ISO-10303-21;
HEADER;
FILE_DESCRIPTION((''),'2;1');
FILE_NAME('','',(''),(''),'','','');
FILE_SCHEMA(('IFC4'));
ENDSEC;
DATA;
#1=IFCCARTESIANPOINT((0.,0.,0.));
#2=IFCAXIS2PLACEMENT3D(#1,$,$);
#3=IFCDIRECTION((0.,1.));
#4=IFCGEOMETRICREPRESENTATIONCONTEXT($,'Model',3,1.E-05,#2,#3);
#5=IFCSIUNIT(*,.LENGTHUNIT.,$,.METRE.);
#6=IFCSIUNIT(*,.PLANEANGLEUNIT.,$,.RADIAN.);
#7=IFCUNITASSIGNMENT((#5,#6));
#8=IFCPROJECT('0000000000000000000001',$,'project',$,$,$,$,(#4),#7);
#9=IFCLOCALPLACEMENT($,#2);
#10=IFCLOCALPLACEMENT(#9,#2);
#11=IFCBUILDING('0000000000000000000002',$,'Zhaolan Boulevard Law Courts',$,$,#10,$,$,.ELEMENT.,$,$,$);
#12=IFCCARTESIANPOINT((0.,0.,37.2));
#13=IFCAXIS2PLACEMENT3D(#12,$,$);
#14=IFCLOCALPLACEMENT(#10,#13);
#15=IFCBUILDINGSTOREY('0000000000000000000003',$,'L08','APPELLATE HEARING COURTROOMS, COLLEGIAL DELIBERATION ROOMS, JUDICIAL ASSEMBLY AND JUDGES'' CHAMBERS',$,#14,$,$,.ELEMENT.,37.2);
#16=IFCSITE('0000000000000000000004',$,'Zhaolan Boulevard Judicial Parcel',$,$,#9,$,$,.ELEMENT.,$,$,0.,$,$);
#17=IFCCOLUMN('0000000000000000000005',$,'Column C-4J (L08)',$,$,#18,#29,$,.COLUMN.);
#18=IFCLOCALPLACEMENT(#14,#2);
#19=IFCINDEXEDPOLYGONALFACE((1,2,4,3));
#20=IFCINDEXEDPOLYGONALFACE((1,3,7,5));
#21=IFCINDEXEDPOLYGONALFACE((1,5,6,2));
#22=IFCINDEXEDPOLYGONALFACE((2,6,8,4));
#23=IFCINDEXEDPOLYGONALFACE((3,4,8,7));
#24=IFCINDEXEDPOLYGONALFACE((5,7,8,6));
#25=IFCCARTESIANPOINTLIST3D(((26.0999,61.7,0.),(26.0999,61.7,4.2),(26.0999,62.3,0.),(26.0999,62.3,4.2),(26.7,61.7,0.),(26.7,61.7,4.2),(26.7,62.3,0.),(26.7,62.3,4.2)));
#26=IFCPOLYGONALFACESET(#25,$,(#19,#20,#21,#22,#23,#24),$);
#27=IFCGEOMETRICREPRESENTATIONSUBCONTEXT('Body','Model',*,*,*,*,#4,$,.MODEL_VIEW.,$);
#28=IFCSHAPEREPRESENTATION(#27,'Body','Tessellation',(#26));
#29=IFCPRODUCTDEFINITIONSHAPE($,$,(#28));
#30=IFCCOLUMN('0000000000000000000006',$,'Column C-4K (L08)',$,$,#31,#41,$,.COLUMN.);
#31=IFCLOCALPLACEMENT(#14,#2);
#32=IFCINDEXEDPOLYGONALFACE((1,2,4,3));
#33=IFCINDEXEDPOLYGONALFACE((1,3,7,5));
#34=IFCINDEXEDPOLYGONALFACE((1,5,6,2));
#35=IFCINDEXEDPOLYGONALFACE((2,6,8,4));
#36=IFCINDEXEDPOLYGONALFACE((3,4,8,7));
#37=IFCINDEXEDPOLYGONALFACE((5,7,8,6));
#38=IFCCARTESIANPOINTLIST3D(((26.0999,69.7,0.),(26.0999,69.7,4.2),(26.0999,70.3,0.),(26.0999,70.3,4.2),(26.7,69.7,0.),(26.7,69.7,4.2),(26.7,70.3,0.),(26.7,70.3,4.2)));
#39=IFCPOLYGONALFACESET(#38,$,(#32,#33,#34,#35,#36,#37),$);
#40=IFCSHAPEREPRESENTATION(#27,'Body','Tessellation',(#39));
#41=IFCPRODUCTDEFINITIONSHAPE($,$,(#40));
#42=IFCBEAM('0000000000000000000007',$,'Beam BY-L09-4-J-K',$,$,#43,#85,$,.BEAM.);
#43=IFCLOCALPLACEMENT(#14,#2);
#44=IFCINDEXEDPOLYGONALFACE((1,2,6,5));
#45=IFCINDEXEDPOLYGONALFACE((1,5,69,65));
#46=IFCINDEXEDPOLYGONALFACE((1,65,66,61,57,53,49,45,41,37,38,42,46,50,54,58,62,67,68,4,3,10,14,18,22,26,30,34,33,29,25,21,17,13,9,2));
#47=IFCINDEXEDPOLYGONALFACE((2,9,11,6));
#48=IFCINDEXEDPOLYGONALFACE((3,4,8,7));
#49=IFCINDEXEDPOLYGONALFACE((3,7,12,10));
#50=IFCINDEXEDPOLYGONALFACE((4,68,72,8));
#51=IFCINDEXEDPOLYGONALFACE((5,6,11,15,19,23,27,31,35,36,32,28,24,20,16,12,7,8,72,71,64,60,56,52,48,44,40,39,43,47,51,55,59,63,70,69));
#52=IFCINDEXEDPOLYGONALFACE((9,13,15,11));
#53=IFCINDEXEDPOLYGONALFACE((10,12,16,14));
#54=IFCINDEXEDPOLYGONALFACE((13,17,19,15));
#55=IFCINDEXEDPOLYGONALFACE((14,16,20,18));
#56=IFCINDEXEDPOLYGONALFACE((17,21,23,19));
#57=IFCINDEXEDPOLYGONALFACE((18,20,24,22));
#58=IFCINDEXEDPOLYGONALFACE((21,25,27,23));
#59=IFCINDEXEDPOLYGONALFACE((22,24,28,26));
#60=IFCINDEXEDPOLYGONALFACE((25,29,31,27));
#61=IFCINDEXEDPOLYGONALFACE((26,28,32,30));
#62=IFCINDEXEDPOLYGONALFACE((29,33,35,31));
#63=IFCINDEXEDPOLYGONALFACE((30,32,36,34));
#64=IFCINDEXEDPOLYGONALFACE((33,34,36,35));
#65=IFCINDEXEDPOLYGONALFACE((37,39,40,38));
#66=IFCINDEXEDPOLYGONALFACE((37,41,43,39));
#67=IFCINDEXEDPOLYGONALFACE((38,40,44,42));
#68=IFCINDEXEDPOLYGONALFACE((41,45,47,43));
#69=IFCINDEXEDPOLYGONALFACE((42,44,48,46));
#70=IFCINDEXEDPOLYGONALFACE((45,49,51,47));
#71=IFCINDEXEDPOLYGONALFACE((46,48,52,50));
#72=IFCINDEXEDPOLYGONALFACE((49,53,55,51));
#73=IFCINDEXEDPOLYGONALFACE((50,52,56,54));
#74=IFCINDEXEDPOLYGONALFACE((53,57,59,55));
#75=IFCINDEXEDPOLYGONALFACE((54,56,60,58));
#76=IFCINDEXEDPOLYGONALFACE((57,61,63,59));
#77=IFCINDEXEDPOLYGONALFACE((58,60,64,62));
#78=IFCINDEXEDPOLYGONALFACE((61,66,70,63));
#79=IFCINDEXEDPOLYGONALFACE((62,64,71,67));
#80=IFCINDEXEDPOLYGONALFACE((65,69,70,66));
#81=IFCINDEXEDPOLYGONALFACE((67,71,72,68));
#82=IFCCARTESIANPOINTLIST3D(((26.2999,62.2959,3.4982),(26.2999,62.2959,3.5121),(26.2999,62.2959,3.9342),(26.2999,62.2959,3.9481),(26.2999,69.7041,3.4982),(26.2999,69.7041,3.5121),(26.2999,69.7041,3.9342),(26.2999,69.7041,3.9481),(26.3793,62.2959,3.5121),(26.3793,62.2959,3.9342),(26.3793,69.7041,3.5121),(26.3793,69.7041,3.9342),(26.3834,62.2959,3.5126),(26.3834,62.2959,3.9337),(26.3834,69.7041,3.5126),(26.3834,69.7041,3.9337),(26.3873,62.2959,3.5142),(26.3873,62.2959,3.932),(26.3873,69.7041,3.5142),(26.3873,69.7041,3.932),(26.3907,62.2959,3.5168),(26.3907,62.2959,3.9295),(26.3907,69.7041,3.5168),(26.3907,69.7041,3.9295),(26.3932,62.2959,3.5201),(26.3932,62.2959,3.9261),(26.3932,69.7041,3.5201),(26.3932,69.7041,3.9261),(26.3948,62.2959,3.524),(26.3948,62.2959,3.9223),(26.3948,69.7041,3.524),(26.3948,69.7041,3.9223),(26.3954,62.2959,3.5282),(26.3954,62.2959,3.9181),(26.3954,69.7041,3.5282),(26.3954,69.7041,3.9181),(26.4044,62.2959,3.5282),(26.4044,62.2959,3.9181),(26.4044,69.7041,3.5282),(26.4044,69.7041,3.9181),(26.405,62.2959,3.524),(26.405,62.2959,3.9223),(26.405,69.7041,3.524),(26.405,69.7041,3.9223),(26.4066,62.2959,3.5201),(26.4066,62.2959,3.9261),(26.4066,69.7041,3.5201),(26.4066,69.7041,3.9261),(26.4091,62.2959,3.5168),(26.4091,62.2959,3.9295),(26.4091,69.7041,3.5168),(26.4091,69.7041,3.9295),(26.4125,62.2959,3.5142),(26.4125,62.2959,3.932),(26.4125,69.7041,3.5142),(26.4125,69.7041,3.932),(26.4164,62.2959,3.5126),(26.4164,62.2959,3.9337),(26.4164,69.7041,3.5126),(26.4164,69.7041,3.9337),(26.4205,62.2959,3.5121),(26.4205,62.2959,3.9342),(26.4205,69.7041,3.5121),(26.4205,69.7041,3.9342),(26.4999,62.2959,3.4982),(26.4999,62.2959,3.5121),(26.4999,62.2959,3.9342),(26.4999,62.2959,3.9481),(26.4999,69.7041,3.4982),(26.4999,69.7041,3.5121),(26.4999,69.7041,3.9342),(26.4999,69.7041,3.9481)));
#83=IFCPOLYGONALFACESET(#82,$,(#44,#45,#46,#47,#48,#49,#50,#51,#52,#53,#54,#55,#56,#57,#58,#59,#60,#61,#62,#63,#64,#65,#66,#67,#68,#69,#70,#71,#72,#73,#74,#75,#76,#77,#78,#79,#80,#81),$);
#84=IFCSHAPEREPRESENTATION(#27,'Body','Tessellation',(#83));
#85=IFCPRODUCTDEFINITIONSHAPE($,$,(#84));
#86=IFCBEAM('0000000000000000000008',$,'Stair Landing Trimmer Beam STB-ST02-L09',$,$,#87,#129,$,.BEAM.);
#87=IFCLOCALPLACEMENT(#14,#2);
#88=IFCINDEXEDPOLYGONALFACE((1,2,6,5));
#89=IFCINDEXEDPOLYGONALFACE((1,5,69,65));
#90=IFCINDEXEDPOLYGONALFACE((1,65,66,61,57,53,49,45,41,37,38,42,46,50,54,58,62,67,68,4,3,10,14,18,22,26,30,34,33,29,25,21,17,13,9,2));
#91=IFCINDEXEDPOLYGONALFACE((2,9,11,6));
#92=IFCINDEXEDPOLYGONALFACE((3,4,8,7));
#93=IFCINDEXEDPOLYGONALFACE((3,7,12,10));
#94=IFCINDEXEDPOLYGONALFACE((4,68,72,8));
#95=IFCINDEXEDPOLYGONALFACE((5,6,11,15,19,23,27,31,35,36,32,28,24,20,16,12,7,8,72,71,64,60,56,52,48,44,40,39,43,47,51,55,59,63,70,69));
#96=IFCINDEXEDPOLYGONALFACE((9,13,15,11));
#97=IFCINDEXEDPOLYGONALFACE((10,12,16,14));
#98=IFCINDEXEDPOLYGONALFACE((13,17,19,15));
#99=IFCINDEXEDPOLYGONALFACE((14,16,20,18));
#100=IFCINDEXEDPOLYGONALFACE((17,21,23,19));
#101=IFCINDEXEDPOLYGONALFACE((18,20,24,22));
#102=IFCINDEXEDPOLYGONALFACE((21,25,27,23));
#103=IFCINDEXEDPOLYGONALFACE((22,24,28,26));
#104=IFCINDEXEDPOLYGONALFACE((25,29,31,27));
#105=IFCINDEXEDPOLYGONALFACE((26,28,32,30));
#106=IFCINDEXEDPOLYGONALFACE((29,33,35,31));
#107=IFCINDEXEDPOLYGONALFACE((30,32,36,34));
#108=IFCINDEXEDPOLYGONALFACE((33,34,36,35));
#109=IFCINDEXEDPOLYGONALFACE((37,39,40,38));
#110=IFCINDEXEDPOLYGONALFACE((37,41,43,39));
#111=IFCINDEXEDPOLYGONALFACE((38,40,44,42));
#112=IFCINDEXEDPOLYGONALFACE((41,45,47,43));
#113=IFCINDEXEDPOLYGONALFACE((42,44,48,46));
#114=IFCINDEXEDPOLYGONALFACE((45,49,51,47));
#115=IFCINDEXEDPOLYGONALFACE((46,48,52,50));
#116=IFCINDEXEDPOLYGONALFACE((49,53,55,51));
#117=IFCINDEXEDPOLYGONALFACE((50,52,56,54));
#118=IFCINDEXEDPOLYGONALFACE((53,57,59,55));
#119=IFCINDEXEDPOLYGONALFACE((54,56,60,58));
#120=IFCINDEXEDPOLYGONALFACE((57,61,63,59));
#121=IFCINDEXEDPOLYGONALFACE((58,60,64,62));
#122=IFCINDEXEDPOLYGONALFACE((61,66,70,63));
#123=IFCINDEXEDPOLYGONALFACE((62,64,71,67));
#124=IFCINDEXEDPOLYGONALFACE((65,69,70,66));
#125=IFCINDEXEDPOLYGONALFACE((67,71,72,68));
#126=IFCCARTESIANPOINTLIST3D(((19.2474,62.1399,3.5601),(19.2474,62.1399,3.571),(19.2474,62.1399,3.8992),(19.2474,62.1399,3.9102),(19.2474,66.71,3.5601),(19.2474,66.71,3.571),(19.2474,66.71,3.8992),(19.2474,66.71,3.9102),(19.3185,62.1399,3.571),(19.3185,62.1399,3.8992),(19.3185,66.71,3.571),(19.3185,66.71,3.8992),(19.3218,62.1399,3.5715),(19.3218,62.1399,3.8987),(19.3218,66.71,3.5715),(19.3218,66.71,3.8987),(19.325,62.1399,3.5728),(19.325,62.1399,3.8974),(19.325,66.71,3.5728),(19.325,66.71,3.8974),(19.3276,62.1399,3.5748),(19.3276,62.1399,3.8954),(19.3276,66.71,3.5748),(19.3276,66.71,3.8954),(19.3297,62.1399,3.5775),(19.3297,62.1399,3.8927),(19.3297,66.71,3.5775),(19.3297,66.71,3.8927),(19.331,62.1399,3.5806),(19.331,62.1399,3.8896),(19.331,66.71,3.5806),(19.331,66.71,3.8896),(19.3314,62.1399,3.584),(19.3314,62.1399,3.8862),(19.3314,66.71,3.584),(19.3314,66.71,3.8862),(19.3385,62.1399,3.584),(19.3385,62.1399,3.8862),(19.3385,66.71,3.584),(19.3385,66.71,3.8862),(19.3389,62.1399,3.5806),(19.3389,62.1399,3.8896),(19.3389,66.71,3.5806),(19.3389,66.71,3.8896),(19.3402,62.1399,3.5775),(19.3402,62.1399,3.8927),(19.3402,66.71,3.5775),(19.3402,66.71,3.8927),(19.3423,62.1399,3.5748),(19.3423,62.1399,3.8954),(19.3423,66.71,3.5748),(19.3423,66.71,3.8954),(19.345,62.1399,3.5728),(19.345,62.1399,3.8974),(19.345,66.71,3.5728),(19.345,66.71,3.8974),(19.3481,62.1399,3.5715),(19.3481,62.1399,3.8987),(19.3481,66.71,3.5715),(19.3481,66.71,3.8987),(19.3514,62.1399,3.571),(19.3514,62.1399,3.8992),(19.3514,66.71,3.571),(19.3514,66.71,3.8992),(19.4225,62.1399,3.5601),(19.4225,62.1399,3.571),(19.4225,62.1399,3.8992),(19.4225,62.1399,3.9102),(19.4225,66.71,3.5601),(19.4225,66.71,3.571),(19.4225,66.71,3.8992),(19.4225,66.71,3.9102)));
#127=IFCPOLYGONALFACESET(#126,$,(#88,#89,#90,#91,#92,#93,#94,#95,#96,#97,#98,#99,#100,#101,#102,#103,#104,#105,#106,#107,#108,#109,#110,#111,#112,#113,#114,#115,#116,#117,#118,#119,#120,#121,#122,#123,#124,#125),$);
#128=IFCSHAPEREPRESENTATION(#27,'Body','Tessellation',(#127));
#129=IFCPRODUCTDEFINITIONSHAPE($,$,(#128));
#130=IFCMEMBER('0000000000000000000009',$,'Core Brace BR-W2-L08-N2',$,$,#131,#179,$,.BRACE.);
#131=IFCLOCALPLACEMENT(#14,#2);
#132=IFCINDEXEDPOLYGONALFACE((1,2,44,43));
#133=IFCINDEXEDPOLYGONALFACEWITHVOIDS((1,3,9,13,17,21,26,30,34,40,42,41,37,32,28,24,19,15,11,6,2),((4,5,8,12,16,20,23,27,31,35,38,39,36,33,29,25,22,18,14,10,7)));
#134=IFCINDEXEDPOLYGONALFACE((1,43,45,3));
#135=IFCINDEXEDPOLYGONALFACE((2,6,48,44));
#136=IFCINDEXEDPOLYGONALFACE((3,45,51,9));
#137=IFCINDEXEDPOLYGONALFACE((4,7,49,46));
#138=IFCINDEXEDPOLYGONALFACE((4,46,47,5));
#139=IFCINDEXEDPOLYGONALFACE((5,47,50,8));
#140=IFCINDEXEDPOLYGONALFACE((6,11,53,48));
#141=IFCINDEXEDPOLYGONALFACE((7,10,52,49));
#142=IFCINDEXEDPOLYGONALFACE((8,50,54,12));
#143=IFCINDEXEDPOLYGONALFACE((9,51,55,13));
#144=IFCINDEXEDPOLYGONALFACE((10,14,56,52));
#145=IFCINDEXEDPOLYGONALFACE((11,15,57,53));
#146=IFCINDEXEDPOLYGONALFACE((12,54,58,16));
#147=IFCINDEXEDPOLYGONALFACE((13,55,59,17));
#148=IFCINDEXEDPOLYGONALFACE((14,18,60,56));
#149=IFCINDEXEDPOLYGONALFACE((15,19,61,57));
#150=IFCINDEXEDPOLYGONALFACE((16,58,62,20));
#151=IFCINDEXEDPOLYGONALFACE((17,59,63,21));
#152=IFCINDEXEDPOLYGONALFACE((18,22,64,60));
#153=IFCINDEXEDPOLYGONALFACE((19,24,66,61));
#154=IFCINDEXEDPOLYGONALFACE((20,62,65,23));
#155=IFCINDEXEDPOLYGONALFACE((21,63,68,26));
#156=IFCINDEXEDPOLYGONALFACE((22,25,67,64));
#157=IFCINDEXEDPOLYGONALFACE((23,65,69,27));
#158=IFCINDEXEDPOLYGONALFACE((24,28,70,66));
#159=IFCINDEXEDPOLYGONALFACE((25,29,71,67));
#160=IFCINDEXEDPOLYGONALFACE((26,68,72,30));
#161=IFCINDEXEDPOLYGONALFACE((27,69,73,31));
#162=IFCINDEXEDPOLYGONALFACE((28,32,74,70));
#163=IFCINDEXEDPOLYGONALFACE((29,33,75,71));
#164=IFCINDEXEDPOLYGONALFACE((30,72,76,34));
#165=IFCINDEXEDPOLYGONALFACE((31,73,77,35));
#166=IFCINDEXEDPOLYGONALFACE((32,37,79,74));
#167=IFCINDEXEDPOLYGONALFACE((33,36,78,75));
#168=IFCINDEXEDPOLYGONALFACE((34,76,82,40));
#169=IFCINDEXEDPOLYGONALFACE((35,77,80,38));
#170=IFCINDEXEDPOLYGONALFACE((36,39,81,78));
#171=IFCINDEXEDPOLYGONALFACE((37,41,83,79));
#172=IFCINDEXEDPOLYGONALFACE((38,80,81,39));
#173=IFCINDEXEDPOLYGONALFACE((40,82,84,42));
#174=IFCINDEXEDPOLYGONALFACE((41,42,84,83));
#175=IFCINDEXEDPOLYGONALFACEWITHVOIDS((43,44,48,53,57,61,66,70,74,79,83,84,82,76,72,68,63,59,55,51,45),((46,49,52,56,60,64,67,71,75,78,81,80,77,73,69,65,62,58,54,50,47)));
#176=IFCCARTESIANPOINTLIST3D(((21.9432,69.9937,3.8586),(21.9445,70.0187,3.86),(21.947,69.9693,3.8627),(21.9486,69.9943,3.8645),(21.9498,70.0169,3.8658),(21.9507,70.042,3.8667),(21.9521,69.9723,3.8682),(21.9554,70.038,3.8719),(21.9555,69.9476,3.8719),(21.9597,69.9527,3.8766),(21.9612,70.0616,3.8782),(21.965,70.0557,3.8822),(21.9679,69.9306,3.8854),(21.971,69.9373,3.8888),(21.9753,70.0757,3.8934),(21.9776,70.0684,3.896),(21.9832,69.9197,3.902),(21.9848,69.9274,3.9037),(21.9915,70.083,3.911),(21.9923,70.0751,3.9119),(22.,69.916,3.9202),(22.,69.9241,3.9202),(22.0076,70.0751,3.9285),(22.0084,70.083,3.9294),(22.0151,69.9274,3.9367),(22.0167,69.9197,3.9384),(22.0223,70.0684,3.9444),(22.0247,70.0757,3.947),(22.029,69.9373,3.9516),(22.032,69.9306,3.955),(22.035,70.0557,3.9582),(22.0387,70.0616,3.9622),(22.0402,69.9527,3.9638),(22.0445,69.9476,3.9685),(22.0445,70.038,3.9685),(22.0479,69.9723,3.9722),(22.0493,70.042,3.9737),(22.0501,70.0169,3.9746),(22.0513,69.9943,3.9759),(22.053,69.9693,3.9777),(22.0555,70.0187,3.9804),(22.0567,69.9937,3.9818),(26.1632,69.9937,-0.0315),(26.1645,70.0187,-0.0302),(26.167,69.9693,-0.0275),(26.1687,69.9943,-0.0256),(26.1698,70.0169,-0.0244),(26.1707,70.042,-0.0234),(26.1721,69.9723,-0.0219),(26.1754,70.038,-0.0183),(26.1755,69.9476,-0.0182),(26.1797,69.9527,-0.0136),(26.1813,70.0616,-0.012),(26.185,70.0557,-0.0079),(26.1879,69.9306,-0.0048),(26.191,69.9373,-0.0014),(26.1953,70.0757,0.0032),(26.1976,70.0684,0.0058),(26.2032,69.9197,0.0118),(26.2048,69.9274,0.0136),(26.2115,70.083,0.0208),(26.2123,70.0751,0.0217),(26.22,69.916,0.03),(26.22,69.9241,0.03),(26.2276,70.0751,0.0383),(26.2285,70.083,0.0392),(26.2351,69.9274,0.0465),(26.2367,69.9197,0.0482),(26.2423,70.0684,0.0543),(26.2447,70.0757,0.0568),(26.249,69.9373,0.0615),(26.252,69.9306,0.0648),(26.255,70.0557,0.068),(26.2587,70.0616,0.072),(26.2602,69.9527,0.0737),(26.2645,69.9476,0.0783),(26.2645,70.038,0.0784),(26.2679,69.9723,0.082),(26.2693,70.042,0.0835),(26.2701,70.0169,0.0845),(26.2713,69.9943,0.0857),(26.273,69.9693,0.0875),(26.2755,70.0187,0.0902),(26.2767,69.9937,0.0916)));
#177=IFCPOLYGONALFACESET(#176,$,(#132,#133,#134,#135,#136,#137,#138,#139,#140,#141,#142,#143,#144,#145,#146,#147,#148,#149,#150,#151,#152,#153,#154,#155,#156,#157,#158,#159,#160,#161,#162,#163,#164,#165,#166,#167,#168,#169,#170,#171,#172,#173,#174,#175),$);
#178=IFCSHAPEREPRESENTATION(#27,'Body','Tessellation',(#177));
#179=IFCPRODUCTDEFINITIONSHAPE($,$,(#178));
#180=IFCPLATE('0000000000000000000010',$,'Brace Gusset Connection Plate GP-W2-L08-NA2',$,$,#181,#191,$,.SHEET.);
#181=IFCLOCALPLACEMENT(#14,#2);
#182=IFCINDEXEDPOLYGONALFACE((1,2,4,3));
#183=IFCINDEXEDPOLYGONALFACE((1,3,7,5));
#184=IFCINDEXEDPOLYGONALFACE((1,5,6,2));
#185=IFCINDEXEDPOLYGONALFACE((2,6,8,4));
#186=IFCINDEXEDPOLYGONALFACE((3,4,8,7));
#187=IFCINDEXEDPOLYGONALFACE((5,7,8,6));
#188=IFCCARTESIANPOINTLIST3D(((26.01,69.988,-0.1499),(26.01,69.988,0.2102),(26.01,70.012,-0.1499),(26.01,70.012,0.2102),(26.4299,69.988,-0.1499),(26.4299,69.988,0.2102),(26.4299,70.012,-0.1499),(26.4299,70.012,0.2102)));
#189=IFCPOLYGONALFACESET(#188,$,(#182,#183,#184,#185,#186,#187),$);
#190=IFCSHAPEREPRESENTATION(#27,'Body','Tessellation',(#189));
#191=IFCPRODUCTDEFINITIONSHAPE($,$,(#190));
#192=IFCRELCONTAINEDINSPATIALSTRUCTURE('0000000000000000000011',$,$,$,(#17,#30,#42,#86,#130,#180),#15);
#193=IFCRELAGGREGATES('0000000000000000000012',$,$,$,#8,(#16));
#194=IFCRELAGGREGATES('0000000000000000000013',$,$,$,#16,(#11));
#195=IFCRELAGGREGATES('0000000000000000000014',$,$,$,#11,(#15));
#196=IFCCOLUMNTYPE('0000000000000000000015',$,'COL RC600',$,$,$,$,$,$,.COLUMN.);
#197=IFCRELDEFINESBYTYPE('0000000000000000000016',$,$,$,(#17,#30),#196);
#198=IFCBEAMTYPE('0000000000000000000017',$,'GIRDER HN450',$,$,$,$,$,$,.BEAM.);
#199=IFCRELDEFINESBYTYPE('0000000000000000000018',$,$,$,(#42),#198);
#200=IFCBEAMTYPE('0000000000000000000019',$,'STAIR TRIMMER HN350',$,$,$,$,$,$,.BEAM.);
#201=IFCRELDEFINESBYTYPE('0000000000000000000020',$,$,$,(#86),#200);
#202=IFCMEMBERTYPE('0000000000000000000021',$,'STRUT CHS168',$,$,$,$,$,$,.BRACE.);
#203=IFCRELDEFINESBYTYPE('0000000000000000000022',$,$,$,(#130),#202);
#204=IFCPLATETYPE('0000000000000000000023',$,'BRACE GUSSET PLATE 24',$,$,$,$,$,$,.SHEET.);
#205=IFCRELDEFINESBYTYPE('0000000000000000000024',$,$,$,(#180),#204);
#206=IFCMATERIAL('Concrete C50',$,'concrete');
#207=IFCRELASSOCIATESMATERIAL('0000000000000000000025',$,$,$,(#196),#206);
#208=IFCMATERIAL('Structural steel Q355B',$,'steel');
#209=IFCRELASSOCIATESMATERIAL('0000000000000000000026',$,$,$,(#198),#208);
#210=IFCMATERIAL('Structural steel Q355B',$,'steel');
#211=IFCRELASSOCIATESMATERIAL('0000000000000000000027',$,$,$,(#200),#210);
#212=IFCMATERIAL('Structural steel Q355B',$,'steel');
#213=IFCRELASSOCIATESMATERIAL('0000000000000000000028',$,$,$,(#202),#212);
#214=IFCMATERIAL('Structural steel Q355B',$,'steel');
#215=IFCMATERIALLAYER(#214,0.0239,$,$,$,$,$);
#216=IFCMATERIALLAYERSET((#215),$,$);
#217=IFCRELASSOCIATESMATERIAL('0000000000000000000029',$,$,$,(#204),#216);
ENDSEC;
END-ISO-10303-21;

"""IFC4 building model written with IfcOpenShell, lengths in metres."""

from ifc_helpers import new_model, si_unit, direction, frame, origin, origin_2d, place, context, subcontext, project, spatial, rectangle, hollow_circle, i_section, extrude, material, layer, layer_set, material_profile, profile_set, type_object, element, save


model = new_model("IFC4")

# Units and contexts
model_context = context("Model", 3, precision=1e-05, world=origin(), true_north=direction((0.0, 1.0)))
body_context = subcontext(model_context, "Body", "Model", "MODEL_VIEW")
ifc_project = project(units=[si_unit("LENGTHUNIT", "METRE"), si_unit("PLANEANGLEUNIT", "RADIAN")], contexts=[model_context])

# Site, building, storey
site_placement = place(None, origin())
site = spatial("IfcSite", under=ifc_project, at=site_placement, Name="Zhaolan Boulevard Judicial Parcel", CompositionType="ELEMENT", RefElevation=0.0)
building_placement = place(site_placement, origin())
building = spatial("IfcBuilding", under=site, at=building_placement, Name="Zhaolan Boulevard Law Courts", CompositionType="ELEMENT")
storey_placement = place(building_placement, frame((0.0, 0.0, 37.2)))
storey = spatial("IfcBuildingStorey", under=building, at=storey_placement, Name="L08", Description="APPELLATE HEARING COURTROOMS, COLLEGIAL DELIBERATION ROOMS, JUDICIAL ASSEMBLY AND JUDGES' CHAMBERS", CompositionType="ELEMENT", Elevation=37.2)

# Columns
ifc_material_1 = material(Name="Concrete C50", Category="concrete")
ifc_material_profile_1 = material_profile(ifc_material_1, rectangle(XDim=0.6001, YDim=0.6001, at=origin_2d()), Name="RC600x600")
ifc_profile_set_1 = profile_set([ifc_material_profile_1], Name="Concrete C50")
column_type = type_object("IfcColumnType", Name="COL RC600", PredefinedType="COLUMN", material=ifc_profile_set_1)
for number, where, z_axis, x_axis, name in (
    (1, (26.3999, 62.0, 0.0), (0.0, 0.0, 1.0), (1.0, 0.0, 0.0), "Column C-4J (L08)"),
    (2, (26.3999, 70.0, 0.0), (0.0, 0.0, 1.0), (1.0, 0.0, 0.0), "Column C-4K (L08)"),
):
    element("IfcColumn", number, at=place(storey_placement, frame(where, z_axis=z_axis, x_axis=x_axis)), inside=storey, type_object=column_type, Name=name, PredefinedType="COLUMN", context=body_context, shape_type="SweptSolid", body=[
        extrude(rectangle(XDim=0.6001, YDim=0.6001, at=origin_2d()), origin(), (0.0, 0.0, 1.0), 4.2),
    ])

# Beams
ifc_material_2 = material(Name="Structural steel Q355B", Category="steel")
ifc_material_profile_2 = material_profile(ifc_material_2, i_section(OverallWidth=0.2, OverallDepth=0.45, WebThickness=0.009, FlangeThickness=0.0139, FilletRadius=0.0161, at=origin_2d()), Name="HN450x200")
ifc_profile_set_2 = profile_set([ifc_material_profile_2], Name="Structural steel Q355B")
beam_type_1 = type_object("IfcBeamType", Name="GIRDER HN450", PredefinedType="BEAM", material=ifc_profile_set_2)
beam_1_placement = place(storey_placement, frame((26.3999, 62.2959, 3.7231), z_axis=(0.0, 1.0, 0.0), x_axis=(-1.0, 0.0, 0.0)))
element("IfcBeam", 3, at=beam_1_placement, inside=storey, type_object=beam_type_1, Name="Beam BY-L09-4-J-K", PredefinedType="BEAM", context=body_context, shape_type="SweptSolid", body=[
    extrude(i_section(OverallWidth=0.2, OverallDepth=0.45, WebThickness=0.009, FlangeThickness=0.0139, FilletRadius=0.0161, at=origin_2d()), origin(), (0.0, 0.0, 1.0), 7.4082),
])
ifc_material_3 = material(Name="Structural steel Q355B", Category="steel")
ifc_material_profile_3 = material_profile(ifc_material_3, i_section(OverallWidth=0.175, OverallDepth=0.3501, WebThickness=0.0071, FlangeThickness=0.011, FilletRadius=0.0129, at=origin_2d()), Name="HN350x175")
ifc_profile_set_3 = profile_set([ifc_material_profile_3], Name="Structural steel Q355B")
beam_type_2 = type_object("IfcBeamType", Name="STAIR TRIMMER HN350", PredefinedType="BEAM", material=ifc_profile_set_3)
beam_2_placement = place(storey_placement, frame((19.335, 62.1399, 3.7351), z_axis=(0.0, 1.0, 0.0), x_axis=(-1.0, 0.0, 0.0)))
element("IfcBeam", 4, at=beam_2_placement, inside=storey, type_object=beam_type_2, Name="Stair Landing Trimmer Beam STB-ST02-L09", PredefinedType="BEAM", context=body_context, shape_type="SweptSolid", body=[
    extrude(i_section(OverallWidth=0.175, OverallDepth=0.3501, WebThickness=0.0071, FlangeThickness=0.011, FilletRadius=0.0129, at=origin_2d()), origin(), (0.0, 0.0, 1.0), 4.5701),
])

# Member
ifc_material_4 = material(Name="Structural steel Q355B", Category="steel")
ifc_material_profile_4 = material_profile(ifc_material_4, hollow_circle(Radius=0.084, WallThickness=0.0081, at=origin_2d()), Name="CHS168x8")
ifc_profile_set_4 = profile_set([ifc_material_profile_4], Name="Structural steel Q355B")
member_type = type_object("IfcMemberType", Name="STRUT CHS168", PredefinedType="BRACE", material=ifc_profile_set_4)
member_placement = place(storey_placement, frame((26.22, 70.0, 0.03), z_axis=(-0.735257, 0.0, 0.677789), x_axis=(0.0, -1.0, 0.0)))
element("IfcMember", 5, at=member_placement, inside=storey, type_object=member_type, Name="Core Brace BR-W2-L08-N2", PredefinedType="BRACE", context=body_context, shape_type="SweptSolid", body=[
    extrude(hollow_circle(Radius=0.084, WallThickness=0.0081, at=origin_2d()), origin(), (0.0, 0.0, 1.0), 5.7395),
])

# Plate
ifc_material_5 = material(Name="Structural steel Q355B", Category="steel")
ifc_layer_1 = layer(ifc_material_5, 0.0239)
ifc_layer_set_1 = layer_set([ifc_layer_1])
plate_type_1 = type_object("IfcPlateType", Name="BRACE GUSSET PLATE 24", PredefinedType="SHEET", material=ifc_layer_set_1)
for number, where, z_axis, x_axis, name in (
    (6, (26.22, 70.0, -0.1499), (0.0, 0.0, 1.0), (1.0, 0.0, 0.0), "Brace Gusset Connection Plate GP-W2-L08-NA2"),
):
    element("IfcPlate", number, at=place(storey_placement, frame(where, z_axis=z_axis, x_axis=x_axis)), inside=storey, type_object=plate_type_1, Name=name, PredefinedType="SHEET", context=body_context, shape_type="SweptSolid", body=[
        extrude(rectangle(XDim=0.4199, YDim=0.0239, at=origin_2d()), origin(), (0.0, 0.0, 1.0), 0.3601),
    ])

save(model, "model.ifc")
